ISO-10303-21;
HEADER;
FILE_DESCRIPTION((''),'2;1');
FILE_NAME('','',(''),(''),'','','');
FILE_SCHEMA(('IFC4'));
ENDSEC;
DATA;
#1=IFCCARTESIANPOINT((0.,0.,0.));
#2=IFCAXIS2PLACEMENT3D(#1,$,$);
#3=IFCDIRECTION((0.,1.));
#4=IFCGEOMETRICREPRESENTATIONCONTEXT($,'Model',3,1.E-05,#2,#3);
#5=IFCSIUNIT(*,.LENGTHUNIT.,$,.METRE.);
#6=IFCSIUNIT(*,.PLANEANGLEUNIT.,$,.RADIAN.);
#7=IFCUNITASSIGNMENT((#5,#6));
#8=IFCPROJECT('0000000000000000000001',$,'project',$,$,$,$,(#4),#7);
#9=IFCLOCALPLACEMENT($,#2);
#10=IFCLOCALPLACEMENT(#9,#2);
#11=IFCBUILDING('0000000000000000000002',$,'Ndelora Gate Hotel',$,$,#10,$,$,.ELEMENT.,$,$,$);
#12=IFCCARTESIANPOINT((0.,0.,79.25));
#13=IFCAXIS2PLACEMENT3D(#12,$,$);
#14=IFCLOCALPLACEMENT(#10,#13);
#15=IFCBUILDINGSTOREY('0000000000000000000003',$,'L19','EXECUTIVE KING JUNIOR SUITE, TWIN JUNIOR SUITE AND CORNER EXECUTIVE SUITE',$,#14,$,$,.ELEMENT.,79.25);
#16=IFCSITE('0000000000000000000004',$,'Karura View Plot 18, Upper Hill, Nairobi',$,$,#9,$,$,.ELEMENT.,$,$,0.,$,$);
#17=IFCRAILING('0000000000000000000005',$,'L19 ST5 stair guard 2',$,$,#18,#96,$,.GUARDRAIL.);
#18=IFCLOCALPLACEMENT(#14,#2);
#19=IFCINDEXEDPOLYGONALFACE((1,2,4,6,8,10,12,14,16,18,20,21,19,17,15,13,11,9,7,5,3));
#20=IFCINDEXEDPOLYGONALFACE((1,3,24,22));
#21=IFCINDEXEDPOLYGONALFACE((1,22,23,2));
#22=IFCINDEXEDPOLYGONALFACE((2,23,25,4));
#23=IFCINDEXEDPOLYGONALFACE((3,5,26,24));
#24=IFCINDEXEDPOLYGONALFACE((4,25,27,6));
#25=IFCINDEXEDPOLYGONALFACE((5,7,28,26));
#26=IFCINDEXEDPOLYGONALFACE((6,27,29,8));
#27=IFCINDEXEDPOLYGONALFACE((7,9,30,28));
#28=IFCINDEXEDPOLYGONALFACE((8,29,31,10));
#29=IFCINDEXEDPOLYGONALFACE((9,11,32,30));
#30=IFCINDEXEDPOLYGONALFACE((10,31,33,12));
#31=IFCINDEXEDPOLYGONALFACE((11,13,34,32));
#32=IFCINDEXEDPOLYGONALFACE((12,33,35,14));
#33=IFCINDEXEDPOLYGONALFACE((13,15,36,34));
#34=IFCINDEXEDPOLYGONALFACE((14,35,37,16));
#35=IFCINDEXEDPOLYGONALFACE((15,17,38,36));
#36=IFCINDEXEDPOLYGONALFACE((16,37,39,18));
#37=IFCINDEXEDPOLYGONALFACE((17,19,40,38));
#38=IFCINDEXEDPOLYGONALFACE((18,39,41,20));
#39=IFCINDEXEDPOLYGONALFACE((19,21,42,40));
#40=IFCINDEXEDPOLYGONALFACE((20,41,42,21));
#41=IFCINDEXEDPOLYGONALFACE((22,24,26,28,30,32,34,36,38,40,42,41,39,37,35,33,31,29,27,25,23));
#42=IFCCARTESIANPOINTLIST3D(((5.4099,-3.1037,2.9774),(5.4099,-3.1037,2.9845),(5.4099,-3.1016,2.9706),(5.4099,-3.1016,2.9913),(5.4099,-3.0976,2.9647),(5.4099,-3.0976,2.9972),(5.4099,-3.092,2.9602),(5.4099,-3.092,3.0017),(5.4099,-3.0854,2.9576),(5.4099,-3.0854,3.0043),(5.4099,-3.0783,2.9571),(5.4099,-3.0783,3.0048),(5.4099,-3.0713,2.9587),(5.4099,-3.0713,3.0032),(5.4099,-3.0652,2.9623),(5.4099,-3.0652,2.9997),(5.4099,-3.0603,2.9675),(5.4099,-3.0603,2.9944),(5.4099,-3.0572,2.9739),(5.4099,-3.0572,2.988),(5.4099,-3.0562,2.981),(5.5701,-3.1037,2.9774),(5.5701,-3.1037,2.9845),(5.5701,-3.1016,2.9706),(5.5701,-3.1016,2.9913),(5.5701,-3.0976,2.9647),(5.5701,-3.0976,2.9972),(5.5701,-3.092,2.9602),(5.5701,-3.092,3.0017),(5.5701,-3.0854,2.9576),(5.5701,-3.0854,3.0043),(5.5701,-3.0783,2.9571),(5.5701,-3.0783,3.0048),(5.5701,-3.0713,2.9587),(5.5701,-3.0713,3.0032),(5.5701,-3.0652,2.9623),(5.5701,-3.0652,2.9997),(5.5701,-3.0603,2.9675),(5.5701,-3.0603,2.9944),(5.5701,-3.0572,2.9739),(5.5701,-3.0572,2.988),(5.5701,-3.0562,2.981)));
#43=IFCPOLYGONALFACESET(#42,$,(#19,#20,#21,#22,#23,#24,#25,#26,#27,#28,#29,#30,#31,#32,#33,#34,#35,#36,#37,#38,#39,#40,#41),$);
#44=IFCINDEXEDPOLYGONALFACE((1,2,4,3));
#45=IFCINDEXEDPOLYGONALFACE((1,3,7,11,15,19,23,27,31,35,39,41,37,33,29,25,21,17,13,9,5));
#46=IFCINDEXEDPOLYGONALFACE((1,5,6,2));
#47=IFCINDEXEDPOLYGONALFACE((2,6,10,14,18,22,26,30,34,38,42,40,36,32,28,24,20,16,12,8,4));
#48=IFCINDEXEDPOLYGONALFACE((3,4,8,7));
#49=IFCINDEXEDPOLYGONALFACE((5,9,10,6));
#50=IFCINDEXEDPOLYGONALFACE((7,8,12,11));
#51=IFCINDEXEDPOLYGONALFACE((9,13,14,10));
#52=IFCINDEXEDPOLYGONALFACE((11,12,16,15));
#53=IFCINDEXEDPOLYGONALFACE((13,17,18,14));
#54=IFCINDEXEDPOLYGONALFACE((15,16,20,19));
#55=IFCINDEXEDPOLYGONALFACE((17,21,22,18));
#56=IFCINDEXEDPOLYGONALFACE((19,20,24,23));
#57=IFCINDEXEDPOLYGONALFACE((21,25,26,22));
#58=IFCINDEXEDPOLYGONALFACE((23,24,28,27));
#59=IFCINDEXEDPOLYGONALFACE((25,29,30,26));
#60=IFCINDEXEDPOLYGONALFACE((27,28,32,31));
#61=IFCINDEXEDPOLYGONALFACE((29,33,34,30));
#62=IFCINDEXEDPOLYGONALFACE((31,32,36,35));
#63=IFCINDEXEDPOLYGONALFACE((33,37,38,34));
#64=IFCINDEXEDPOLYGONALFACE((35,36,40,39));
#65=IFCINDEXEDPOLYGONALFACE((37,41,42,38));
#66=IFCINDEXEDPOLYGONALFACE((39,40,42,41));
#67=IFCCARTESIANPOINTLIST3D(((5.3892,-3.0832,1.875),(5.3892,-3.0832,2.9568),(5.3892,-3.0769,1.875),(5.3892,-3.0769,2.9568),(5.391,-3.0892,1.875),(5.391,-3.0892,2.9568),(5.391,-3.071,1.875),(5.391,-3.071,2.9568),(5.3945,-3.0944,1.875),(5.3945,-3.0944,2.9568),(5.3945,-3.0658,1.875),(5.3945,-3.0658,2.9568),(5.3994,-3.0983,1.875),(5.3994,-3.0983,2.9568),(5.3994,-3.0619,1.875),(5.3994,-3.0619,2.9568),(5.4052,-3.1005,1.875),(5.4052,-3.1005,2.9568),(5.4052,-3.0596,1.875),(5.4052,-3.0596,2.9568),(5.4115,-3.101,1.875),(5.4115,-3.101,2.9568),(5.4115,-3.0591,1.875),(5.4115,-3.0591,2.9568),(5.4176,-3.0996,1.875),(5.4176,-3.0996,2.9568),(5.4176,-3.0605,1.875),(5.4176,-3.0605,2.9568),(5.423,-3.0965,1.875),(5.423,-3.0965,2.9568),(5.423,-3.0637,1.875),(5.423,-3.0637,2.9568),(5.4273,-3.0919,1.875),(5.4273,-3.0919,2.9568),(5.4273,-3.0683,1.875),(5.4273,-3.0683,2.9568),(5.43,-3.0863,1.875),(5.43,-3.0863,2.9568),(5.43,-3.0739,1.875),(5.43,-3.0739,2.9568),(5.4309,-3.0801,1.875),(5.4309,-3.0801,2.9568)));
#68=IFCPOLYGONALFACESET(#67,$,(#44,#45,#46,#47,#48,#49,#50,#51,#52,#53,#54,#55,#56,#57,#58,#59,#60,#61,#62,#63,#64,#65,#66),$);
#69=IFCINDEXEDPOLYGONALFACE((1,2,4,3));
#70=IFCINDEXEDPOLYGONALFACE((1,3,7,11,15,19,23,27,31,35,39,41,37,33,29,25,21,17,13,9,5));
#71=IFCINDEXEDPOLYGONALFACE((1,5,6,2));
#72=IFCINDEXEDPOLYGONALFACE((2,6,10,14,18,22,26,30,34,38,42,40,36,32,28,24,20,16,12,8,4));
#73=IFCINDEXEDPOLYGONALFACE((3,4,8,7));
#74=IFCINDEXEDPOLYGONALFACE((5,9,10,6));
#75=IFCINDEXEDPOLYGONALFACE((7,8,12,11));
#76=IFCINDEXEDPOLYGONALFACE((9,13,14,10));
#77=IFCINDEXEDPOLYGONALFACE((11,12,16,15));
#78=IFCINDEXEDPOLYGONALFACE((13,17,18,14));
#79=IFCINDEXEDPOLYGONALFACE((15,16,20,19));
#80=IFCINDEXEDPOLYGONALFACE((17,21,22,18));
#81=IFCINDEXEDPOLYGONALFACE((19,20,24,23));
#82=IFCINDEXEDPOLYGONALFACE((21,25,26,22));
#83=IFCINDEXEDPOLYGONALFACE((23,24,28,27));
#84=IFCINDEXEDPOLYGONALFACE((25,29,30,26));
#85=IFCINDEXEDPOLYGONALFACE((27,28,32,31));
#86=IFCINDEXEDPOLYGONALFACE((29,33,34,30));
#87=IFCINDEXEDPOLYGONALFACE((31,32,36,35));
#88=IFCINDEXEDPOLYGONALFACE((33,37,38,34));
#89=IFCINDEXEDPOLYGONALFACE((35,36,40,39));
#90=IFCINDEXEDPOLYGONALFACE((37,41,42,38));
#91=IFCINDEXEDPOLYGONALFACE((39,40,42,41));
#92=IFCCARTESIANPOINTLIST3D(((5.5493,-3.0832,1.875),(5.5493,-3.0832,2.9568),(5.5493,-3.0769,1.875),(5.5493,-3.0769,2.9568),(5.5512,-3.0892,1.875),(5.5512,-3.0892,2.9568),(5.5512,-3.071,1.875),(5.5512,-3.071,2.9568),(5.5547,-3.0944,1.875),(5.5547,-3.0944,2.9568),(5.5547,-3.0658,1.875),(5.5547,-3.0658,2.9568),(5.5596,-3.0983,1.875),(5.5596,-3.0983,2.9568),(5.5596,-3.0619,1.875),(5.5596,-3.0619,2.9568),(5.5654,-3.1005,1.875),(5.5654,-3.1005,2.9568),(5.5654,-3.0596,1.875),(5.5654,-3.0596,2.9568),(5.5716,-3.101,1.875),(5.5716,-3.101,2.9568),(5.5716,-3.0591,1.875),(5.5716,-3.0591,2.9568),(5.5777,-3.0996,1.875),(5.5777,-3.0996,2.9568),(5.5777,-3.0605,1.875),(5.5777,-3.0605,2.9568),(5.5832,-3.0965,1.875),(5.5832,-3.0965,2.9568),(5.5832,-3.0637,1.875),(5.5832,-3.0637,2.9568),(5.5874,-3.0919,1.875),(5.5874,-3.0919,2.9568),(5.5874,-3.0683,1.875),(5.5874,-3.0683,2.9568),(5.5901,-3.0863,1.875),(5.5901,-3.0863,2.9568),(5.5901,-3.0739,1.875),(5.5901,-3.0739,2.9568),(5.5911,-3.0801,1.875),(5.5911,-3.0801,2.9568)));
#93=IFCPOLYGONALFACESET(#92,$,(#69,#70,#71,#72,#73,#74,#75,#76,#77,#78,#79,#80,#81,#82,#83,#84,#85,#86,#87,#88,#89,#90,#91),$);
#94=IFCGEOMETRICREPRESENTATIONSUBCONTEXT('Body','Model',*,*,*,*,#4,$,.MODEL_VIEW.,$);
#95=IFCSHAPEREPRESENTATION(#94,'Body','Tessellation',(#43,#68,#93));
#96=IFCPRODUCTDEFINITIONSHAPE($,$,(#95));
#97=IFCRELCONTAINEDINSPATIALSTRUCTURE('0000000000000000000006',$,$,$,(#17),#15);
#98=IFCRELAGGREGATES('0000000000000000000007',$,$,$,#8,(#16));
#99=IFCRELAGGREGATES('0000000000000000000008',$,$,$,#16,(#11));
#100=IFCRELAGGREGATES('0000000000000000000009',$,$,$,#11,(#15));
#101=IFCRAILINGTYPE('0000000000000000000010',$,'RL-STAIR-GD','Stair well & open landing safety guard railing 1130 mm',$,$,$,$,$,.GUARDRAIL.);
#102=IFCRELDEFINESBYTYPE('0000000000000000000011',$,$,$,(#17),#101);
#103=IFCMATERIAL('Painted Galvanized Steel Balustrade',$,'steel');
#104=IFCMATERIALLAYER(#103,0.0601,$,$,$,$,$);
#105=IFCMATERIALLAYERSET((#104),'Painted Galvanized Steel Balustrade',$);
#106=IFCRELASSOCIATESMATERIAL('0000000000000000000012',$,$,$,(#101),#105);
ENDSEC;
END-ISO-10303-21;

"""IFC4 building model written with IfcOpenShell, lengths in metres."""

from ifc_helpers import new_model, si_unit, direction, frame, origin, origin_2d, place, context, subcontext, project, spatial, circle, extrude, material, layer, layer_set, type_object, element, save


model = new_model("IFC4")

# Units and contexts
model_context = context("Model", 3, precision=1e-05, world=origin(), true_north=direction((0.0, 1.0)))
body_context = subcontext(model_context, "Body", "Model", "MODEL_VIEW")
ifc_project = project(units=[si_unit("LENGTHUNIT", "METRE"), si_unit("PLANEANGLEUNIT", "RADIAN")], contexts=[model_context])

# Site, building, storey
site_placement = place(None, origin())
site = spatial("IfcSite", under=ifc_project, at=site_placement, Name="Karura View Plot 18, Upper Hill, Nairobi", CompositionType="ELEMENT", RefElevation=0.0)
building_placement = place(site_placement, origin())
building = spatial("IfcBuilding", under=site, at=building_placement, Name="Ndelora Gate Hotel", CompositionType="ELEMENT")
storey_placement = place(building_placement, frame((0.0, 0.0, 79.25)))
storey = spatial("IfcBuildingStorey", under=building, at=storey_placement, Name="L19", Description="EXECUTIVE KING JUNIOR SUITE, TWIN JUNIOR SUITE AND CORNER EXECUTIVE SUITE", CompositionType="ELEMENT", Elevation=79.25)

# Railing
ifc_material_1 = material(Name="Painted Galvanized Steel Balustrade", Category="steel")
ifc_layer_1 = layer(ifc_material_1, 0.0601)
ifc_layer_set_1 = layer_set([ifc_layer_1], Name="Painted Galvanized Steel Balustrade")
railing_type = type_object("IfcRailingType", Name="RL-STAIR-GD", Description="Stair well & open landing safety guard railing 1130 mm", PredefinedType="GUARDRAIL", material=ifc_layer_set_1)
railing_1_placement = place(storey_placement, frame((5.4099, -3.0801, 1.875)))
element("IfcRailing", 1, at=railing_1_placement, inside=storey, type_object=railing_type, Name="L19 ST5 stair guard 2", PredefinedType="GUARDRAIL", context=body_context, shape_type="SweptSolid", body=[
    extrude(circle(Radius=0.0239, at=origin_2d()), frame((0.0, 0.0, 1.106), z_axis=(1.0, 0.0, 0.0), x_axis=(0.0, 1.0, 0.0)), (0.0, 0.0, 1.0), 0.1602),
    extrude(circle(Radius=0.021, at=origin_2d()), origin(), (0.0, 0.0, 1.0), 1.0818),
    extrude(circle(Radius=0.021, at=origin_2d()), frame((0.1602, 0.0, 0.0)), (0.0, 0.0, 1.0), 1.0818),
])

save(model, "model.ifc")
